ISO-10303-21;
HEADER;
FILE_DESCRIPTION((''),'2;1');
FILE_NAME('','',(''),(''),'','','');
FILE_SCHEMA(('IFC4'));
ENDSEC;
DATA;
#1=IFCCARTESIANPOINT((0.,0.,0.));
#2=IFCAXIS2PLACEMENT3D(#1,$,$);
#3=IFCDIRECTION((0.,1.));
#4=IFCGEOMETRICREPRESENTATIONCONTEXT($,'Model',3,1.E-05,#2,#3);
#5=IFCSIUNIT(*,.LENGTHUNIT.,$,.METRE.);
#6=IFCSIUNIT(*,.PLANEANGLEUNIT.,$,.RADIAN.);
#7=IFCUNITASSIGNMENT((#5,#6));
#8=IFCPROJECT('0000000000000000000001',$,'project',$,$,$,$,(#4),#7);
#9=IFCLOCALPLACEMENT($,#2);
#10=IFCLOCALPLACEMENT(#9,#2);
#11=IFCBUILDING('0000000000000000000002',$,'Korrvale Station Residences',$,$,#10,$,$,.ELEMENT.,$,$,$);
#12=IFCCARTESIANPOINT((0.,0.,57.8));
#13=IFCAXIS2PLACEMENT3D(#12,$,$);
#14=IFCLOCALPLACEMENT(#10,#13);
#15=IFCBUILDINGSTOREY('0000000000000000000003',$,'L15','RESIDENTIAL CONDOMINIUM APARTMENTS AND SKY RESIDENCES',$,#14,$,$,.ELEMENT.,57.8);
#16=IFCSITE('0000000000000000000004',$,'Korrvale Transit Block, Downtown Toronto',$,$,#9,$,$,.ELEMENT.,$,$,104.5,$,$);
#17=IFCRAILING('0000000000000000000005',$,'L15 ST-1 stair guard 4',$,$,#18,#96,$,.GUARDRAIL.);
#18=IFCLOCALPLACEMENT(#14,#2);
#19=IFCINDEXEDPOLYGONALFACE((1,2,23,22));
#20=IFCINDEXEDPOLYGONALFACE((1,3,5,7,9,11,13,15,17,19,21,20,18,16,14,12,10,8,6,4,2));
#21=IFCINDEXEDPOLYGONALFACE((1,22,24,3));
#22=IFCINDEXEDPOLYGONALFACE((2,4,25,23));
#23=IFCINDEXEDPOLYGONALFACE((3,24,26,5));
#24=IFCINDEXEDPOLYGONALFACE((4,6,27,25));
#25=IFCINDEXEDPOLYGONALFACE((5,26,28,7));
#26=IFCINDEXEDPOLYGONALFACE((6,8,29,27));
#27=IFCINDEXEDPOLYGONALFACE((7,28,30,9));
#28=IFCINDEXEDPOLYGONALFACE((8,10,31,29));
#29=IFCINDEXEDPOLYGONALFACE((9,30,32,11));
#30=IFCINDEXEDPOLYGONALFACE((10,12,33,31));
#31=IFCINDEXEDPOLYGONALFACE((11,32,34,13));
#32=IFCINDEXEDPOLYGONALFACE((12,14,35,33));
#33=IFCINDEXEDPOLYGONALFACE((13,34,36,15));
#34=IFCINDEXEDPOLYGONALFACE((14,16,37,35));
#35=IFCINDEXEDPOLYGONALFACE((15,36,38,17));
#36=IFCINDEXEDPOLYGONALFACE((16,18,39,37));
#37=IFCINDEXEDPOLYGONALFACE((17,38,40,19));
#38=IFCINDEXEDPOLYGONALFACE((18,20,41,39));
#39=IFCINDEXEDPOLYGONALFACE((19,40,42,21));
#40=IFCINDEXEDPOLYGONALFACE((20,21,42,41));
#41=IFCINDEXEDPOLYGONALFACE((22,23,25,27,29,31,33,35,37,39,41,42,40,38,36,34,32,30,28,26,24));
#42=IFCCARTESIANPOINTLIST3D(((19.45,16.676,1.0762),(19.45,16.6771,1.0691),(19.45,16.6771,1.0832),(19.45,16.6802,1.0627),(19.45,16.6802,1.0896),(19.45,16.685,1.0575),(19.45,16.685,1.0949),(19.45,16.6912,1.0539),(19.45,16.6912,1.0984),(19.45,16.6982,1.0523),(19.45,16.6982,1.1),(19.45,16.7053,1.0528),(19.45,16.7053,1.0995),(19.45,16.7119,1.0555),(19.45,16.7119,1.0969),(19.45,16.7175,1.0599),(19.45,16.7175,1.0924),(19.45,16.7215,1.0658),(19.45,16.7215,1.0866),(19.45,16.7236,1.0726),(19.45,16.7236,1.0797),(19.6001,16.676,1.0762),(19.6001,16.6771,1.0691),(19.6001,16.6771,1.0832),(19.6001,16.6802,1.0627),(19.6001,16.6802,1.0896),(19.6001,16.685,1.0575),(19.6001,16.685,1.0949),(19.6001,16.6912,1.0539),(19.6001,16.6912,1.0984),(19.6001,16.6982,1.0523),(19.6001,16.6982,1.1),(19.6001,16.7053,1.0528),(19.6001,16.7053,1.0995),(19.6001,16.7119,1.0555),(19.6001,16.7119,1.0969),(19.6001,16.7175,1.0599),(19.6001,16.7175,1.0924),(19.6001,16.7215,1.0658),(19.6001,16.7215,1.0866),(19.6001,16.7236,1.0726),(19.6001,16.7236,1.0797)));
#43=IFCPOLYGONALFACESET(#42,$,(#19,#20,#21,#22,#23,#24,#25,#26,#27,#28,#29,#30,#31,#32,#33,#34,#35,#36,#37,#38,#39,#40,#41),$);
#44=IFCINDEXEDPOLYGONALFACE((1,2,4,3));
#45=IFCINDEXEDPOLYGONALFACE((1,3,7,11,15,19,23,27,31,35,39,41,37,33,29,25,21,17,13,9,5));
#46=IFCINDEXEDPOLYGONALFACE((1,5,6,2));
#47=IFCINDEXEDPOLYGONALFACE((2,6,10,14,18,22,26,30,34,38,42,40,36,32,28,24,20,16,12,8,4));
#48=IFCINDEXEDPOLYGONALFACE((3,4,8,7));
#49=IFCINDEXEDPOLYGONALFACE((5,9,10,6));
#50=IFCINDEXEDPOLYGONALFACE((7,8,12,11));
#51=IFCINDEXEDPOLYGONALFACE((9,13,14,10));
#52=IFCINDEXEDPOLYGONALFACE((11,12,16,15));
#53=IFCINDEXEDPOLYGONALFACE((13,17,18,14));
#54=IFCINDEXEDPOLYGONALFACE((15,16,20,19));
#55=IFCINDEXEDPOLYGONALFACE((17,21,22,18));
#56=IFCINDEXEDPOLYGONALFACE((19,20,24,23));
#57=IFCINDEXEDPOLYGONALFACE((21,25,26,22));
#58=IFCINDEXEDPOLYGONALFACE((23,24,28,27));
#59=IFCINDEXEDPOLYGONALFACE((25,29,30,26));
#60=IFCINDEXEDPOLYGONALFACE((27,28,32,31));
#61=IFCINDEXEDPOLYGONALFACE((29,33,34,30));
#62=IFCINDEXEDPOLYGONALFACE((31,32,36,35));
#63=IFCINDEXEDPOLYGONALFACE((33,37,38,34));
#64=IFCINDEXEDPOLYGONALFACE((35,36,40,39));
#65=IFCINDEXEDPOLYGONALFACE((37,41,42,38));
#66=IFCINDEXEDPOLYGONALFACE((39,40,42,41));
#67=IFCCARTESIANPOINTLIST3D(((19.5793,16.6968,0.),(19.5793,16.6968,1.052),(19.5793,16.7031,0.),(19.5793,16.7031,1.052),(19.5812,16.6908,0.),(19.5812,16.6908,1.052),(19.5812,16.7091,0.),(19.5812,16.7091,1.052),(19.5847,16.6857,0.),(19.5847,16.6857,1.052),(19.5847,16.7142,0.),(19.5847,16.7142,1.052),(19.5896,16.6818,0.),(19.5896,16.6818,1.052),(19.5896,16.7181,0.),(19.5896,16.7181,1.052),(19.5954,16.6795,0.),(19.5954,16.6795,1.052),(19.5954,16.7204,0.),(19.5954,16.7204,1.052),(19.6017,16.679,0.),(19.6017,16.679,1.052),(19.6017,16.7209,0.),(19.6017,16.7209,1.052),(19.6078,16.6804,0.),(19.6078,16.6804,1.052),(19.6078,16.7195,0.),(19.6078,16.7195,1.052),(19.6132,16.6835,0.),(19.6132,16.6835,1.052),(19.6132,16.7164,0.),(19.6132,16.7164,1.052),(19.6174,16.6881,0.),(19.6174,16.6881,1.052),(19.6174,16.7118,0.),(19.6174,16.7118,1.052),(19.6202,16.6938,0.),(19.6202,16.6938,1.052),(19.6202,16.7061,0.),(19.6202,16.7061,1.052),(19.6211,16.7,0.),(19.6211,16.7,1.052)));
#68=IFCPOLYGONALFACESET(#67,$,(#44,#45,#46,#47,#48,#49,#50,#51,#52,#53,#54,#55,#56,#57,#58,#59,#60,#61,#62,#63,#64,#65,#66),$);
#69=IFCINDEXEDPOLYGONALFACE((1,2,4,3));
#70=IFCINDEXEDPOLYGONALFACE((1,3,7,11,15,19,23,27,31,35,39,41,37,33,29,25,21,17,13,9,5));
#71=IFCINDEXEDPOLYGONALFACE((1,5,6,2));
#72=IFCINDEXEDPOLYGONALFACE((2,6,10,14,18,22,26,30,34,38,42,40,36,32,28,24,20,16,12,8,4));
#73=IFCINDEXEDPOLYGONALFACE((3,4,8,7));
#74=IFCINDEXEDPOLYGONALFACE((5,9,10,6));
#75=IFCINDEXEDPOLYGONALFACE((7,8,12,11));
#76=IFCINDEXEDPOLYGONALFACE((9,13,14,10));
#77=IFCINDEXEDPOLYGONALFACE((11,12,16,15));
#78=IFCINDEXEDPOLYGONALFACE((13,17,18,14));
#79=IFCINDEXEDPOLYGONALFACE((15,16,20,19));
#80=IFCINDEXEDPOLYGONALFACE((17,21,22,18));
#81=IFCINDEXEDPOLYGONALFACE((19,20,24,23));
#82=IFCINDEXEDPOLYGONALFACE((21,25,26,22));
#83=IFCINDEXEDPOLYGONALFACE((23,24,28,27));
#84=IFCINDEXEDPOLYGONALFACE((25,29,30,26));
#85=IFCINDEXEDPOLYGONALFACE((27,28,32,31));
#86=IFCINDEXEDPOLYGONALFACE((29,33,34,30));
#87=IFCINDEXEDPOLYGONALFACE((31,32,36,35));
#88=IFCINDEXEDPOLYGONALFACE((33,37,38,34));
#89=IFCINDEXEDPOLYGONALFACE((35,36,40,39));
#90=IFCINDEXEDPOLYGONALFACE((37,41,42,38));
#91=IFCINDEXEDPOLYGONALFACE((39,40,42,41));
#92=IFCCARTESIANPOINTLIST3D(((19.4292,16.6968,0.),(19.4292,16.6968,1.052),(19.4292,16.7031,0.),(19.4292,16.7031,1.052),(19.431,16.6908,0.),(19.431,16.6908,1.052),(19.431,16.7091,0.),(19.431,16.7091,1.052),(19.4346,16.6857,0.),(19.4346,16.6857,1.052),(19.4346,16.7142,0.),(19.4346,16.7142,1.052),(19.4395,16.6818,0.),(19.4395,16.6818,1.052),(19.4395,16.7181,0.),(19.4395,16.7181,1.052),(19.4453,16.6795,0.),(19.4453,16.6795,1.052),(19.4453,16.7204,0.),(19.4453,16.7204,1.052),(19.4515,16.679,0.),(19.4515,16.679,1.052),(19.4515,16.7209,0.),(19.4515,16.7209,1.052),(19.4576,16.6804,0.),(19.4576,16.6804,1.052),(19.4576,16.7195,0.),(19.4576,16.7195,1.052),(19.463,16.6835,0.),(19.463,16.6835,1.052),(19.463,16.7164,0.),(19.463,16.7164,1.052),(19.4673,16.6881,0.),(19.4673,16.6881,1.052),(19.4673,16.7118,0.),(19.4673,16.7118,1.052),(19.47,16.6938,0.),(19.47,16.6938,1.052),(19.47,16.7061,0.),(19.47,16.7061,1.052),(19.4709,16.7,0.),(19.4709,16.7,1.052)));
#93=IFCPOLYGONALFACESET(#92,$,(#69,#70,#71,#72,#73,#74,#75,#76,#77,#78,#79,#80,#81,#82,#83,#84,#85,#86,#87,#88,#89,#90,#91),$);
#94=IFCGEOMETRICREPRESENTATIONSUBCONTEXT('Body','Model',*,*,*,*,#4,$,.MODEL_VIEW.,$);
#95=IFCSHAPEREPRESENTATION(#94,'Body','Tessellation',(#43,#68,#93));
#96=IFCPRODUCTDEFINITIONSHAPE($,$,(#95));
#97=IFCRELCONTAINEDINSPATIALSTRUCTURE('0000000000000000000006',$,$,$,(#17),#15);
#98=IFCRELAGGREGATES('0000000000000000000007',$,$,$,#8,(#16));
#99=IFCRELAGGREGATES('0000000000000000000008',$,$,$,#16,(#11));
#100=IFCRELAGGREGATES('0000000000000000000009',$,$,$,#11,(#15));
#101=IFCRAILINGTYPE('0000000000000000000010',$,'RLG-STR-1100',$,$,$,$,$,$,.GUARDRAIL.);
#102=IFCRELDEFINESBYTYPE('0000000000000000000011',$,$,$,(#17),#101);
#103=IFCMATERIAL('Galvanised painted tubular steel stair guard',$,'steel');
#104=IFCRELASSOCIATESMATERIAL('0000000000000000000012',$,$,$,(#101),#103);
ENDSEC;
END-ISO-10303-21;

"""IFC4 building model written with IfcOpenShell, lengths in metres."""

from ifc_helpers import new_model, si_unit, direction, frame, origin, origin_2d, place, context, subcontext, project, spatial, circle, extrude, material, type_object, element, save


model = new_model("IFC4")

# Units and contexts
model_context = context("Model", 3, precision=1e-05, world=origin(), true_north=direction((0.0, 1.0)))
body_context = subcontext(model_context, "Body", "Model", "MODEL_VIEW")
ifc_project = project(units=[si_unit("LENGTHUNIT", "METRE"), si_unit("PLANEANGLEUNIT", "RADIAN")], contexts=[model_context])

# Site, building, storey
site_placement = place(None, origin())
site = spatial("IfcSite", under=ifc_project, at=site_placement, Name="Korrvale Transit Block, Downtown Toronto", CompositionType="ELEMENT", RefElevation=104.5)
building_placement = place(site_placement, origin())
building = spatial("IfcBuilding", under=site, at=building_placement, Name="Korrvale Station Residences", CompositionType="ELEMENT")
storey_placement = place(building_placement, frame((0.0, 0.0, 57.8)))
storey = spatial("IfcBuildingStorey", under=building, at=storey_placement, Name="L15", Description="RESIDENTIAL CONDOMINIUM APARTMENTS AND SKY RESIDENCES", CompositionType="ELEMENT", Elevation=57.8)

# Railing
ifc_material_1 = material(Name="Galvanised painted tubular steel stair guard", Category="steel")
railing_type_1 = type_object("IfcRailingType", Name="RLG-STR-1100", PredefinedType="GUARDRAIL", material=ifc_material_1)
railing_1_placement = place(storey_placement, frame((19.6001, 16.7, 0.0)))
element("IfcRailing", 1, at=railing_1_placement, inside=storey, type_object=railing_type_1, Name="L15 ST-1 stair guard 4", PredefinedType="GUARDRAIL", context=body_context, shape_type="SweptSolid", body=[
    extrude(circle(Radius=0.0239, at=origin_2d()), frame((0.0, 0.0, 1.0762), z_axis=(-1.0, 0.0, 0.0), x_axis=(0.0, -1.0, 0.0)), (0.0, 0.0, 1.0), 0.1501),
    extrude(circle(Radius=0.021, at=origin_2d()), origin(), (0.0, 0.0, 1.0), 1.052),
    extrude(circle(Radius=0.021, at=origin_2d()), frame((-0.1501, 0.0, 0.0)), (0.0, 0.0, 1.0), 1.052),
])

save(model, "model.ifc")
